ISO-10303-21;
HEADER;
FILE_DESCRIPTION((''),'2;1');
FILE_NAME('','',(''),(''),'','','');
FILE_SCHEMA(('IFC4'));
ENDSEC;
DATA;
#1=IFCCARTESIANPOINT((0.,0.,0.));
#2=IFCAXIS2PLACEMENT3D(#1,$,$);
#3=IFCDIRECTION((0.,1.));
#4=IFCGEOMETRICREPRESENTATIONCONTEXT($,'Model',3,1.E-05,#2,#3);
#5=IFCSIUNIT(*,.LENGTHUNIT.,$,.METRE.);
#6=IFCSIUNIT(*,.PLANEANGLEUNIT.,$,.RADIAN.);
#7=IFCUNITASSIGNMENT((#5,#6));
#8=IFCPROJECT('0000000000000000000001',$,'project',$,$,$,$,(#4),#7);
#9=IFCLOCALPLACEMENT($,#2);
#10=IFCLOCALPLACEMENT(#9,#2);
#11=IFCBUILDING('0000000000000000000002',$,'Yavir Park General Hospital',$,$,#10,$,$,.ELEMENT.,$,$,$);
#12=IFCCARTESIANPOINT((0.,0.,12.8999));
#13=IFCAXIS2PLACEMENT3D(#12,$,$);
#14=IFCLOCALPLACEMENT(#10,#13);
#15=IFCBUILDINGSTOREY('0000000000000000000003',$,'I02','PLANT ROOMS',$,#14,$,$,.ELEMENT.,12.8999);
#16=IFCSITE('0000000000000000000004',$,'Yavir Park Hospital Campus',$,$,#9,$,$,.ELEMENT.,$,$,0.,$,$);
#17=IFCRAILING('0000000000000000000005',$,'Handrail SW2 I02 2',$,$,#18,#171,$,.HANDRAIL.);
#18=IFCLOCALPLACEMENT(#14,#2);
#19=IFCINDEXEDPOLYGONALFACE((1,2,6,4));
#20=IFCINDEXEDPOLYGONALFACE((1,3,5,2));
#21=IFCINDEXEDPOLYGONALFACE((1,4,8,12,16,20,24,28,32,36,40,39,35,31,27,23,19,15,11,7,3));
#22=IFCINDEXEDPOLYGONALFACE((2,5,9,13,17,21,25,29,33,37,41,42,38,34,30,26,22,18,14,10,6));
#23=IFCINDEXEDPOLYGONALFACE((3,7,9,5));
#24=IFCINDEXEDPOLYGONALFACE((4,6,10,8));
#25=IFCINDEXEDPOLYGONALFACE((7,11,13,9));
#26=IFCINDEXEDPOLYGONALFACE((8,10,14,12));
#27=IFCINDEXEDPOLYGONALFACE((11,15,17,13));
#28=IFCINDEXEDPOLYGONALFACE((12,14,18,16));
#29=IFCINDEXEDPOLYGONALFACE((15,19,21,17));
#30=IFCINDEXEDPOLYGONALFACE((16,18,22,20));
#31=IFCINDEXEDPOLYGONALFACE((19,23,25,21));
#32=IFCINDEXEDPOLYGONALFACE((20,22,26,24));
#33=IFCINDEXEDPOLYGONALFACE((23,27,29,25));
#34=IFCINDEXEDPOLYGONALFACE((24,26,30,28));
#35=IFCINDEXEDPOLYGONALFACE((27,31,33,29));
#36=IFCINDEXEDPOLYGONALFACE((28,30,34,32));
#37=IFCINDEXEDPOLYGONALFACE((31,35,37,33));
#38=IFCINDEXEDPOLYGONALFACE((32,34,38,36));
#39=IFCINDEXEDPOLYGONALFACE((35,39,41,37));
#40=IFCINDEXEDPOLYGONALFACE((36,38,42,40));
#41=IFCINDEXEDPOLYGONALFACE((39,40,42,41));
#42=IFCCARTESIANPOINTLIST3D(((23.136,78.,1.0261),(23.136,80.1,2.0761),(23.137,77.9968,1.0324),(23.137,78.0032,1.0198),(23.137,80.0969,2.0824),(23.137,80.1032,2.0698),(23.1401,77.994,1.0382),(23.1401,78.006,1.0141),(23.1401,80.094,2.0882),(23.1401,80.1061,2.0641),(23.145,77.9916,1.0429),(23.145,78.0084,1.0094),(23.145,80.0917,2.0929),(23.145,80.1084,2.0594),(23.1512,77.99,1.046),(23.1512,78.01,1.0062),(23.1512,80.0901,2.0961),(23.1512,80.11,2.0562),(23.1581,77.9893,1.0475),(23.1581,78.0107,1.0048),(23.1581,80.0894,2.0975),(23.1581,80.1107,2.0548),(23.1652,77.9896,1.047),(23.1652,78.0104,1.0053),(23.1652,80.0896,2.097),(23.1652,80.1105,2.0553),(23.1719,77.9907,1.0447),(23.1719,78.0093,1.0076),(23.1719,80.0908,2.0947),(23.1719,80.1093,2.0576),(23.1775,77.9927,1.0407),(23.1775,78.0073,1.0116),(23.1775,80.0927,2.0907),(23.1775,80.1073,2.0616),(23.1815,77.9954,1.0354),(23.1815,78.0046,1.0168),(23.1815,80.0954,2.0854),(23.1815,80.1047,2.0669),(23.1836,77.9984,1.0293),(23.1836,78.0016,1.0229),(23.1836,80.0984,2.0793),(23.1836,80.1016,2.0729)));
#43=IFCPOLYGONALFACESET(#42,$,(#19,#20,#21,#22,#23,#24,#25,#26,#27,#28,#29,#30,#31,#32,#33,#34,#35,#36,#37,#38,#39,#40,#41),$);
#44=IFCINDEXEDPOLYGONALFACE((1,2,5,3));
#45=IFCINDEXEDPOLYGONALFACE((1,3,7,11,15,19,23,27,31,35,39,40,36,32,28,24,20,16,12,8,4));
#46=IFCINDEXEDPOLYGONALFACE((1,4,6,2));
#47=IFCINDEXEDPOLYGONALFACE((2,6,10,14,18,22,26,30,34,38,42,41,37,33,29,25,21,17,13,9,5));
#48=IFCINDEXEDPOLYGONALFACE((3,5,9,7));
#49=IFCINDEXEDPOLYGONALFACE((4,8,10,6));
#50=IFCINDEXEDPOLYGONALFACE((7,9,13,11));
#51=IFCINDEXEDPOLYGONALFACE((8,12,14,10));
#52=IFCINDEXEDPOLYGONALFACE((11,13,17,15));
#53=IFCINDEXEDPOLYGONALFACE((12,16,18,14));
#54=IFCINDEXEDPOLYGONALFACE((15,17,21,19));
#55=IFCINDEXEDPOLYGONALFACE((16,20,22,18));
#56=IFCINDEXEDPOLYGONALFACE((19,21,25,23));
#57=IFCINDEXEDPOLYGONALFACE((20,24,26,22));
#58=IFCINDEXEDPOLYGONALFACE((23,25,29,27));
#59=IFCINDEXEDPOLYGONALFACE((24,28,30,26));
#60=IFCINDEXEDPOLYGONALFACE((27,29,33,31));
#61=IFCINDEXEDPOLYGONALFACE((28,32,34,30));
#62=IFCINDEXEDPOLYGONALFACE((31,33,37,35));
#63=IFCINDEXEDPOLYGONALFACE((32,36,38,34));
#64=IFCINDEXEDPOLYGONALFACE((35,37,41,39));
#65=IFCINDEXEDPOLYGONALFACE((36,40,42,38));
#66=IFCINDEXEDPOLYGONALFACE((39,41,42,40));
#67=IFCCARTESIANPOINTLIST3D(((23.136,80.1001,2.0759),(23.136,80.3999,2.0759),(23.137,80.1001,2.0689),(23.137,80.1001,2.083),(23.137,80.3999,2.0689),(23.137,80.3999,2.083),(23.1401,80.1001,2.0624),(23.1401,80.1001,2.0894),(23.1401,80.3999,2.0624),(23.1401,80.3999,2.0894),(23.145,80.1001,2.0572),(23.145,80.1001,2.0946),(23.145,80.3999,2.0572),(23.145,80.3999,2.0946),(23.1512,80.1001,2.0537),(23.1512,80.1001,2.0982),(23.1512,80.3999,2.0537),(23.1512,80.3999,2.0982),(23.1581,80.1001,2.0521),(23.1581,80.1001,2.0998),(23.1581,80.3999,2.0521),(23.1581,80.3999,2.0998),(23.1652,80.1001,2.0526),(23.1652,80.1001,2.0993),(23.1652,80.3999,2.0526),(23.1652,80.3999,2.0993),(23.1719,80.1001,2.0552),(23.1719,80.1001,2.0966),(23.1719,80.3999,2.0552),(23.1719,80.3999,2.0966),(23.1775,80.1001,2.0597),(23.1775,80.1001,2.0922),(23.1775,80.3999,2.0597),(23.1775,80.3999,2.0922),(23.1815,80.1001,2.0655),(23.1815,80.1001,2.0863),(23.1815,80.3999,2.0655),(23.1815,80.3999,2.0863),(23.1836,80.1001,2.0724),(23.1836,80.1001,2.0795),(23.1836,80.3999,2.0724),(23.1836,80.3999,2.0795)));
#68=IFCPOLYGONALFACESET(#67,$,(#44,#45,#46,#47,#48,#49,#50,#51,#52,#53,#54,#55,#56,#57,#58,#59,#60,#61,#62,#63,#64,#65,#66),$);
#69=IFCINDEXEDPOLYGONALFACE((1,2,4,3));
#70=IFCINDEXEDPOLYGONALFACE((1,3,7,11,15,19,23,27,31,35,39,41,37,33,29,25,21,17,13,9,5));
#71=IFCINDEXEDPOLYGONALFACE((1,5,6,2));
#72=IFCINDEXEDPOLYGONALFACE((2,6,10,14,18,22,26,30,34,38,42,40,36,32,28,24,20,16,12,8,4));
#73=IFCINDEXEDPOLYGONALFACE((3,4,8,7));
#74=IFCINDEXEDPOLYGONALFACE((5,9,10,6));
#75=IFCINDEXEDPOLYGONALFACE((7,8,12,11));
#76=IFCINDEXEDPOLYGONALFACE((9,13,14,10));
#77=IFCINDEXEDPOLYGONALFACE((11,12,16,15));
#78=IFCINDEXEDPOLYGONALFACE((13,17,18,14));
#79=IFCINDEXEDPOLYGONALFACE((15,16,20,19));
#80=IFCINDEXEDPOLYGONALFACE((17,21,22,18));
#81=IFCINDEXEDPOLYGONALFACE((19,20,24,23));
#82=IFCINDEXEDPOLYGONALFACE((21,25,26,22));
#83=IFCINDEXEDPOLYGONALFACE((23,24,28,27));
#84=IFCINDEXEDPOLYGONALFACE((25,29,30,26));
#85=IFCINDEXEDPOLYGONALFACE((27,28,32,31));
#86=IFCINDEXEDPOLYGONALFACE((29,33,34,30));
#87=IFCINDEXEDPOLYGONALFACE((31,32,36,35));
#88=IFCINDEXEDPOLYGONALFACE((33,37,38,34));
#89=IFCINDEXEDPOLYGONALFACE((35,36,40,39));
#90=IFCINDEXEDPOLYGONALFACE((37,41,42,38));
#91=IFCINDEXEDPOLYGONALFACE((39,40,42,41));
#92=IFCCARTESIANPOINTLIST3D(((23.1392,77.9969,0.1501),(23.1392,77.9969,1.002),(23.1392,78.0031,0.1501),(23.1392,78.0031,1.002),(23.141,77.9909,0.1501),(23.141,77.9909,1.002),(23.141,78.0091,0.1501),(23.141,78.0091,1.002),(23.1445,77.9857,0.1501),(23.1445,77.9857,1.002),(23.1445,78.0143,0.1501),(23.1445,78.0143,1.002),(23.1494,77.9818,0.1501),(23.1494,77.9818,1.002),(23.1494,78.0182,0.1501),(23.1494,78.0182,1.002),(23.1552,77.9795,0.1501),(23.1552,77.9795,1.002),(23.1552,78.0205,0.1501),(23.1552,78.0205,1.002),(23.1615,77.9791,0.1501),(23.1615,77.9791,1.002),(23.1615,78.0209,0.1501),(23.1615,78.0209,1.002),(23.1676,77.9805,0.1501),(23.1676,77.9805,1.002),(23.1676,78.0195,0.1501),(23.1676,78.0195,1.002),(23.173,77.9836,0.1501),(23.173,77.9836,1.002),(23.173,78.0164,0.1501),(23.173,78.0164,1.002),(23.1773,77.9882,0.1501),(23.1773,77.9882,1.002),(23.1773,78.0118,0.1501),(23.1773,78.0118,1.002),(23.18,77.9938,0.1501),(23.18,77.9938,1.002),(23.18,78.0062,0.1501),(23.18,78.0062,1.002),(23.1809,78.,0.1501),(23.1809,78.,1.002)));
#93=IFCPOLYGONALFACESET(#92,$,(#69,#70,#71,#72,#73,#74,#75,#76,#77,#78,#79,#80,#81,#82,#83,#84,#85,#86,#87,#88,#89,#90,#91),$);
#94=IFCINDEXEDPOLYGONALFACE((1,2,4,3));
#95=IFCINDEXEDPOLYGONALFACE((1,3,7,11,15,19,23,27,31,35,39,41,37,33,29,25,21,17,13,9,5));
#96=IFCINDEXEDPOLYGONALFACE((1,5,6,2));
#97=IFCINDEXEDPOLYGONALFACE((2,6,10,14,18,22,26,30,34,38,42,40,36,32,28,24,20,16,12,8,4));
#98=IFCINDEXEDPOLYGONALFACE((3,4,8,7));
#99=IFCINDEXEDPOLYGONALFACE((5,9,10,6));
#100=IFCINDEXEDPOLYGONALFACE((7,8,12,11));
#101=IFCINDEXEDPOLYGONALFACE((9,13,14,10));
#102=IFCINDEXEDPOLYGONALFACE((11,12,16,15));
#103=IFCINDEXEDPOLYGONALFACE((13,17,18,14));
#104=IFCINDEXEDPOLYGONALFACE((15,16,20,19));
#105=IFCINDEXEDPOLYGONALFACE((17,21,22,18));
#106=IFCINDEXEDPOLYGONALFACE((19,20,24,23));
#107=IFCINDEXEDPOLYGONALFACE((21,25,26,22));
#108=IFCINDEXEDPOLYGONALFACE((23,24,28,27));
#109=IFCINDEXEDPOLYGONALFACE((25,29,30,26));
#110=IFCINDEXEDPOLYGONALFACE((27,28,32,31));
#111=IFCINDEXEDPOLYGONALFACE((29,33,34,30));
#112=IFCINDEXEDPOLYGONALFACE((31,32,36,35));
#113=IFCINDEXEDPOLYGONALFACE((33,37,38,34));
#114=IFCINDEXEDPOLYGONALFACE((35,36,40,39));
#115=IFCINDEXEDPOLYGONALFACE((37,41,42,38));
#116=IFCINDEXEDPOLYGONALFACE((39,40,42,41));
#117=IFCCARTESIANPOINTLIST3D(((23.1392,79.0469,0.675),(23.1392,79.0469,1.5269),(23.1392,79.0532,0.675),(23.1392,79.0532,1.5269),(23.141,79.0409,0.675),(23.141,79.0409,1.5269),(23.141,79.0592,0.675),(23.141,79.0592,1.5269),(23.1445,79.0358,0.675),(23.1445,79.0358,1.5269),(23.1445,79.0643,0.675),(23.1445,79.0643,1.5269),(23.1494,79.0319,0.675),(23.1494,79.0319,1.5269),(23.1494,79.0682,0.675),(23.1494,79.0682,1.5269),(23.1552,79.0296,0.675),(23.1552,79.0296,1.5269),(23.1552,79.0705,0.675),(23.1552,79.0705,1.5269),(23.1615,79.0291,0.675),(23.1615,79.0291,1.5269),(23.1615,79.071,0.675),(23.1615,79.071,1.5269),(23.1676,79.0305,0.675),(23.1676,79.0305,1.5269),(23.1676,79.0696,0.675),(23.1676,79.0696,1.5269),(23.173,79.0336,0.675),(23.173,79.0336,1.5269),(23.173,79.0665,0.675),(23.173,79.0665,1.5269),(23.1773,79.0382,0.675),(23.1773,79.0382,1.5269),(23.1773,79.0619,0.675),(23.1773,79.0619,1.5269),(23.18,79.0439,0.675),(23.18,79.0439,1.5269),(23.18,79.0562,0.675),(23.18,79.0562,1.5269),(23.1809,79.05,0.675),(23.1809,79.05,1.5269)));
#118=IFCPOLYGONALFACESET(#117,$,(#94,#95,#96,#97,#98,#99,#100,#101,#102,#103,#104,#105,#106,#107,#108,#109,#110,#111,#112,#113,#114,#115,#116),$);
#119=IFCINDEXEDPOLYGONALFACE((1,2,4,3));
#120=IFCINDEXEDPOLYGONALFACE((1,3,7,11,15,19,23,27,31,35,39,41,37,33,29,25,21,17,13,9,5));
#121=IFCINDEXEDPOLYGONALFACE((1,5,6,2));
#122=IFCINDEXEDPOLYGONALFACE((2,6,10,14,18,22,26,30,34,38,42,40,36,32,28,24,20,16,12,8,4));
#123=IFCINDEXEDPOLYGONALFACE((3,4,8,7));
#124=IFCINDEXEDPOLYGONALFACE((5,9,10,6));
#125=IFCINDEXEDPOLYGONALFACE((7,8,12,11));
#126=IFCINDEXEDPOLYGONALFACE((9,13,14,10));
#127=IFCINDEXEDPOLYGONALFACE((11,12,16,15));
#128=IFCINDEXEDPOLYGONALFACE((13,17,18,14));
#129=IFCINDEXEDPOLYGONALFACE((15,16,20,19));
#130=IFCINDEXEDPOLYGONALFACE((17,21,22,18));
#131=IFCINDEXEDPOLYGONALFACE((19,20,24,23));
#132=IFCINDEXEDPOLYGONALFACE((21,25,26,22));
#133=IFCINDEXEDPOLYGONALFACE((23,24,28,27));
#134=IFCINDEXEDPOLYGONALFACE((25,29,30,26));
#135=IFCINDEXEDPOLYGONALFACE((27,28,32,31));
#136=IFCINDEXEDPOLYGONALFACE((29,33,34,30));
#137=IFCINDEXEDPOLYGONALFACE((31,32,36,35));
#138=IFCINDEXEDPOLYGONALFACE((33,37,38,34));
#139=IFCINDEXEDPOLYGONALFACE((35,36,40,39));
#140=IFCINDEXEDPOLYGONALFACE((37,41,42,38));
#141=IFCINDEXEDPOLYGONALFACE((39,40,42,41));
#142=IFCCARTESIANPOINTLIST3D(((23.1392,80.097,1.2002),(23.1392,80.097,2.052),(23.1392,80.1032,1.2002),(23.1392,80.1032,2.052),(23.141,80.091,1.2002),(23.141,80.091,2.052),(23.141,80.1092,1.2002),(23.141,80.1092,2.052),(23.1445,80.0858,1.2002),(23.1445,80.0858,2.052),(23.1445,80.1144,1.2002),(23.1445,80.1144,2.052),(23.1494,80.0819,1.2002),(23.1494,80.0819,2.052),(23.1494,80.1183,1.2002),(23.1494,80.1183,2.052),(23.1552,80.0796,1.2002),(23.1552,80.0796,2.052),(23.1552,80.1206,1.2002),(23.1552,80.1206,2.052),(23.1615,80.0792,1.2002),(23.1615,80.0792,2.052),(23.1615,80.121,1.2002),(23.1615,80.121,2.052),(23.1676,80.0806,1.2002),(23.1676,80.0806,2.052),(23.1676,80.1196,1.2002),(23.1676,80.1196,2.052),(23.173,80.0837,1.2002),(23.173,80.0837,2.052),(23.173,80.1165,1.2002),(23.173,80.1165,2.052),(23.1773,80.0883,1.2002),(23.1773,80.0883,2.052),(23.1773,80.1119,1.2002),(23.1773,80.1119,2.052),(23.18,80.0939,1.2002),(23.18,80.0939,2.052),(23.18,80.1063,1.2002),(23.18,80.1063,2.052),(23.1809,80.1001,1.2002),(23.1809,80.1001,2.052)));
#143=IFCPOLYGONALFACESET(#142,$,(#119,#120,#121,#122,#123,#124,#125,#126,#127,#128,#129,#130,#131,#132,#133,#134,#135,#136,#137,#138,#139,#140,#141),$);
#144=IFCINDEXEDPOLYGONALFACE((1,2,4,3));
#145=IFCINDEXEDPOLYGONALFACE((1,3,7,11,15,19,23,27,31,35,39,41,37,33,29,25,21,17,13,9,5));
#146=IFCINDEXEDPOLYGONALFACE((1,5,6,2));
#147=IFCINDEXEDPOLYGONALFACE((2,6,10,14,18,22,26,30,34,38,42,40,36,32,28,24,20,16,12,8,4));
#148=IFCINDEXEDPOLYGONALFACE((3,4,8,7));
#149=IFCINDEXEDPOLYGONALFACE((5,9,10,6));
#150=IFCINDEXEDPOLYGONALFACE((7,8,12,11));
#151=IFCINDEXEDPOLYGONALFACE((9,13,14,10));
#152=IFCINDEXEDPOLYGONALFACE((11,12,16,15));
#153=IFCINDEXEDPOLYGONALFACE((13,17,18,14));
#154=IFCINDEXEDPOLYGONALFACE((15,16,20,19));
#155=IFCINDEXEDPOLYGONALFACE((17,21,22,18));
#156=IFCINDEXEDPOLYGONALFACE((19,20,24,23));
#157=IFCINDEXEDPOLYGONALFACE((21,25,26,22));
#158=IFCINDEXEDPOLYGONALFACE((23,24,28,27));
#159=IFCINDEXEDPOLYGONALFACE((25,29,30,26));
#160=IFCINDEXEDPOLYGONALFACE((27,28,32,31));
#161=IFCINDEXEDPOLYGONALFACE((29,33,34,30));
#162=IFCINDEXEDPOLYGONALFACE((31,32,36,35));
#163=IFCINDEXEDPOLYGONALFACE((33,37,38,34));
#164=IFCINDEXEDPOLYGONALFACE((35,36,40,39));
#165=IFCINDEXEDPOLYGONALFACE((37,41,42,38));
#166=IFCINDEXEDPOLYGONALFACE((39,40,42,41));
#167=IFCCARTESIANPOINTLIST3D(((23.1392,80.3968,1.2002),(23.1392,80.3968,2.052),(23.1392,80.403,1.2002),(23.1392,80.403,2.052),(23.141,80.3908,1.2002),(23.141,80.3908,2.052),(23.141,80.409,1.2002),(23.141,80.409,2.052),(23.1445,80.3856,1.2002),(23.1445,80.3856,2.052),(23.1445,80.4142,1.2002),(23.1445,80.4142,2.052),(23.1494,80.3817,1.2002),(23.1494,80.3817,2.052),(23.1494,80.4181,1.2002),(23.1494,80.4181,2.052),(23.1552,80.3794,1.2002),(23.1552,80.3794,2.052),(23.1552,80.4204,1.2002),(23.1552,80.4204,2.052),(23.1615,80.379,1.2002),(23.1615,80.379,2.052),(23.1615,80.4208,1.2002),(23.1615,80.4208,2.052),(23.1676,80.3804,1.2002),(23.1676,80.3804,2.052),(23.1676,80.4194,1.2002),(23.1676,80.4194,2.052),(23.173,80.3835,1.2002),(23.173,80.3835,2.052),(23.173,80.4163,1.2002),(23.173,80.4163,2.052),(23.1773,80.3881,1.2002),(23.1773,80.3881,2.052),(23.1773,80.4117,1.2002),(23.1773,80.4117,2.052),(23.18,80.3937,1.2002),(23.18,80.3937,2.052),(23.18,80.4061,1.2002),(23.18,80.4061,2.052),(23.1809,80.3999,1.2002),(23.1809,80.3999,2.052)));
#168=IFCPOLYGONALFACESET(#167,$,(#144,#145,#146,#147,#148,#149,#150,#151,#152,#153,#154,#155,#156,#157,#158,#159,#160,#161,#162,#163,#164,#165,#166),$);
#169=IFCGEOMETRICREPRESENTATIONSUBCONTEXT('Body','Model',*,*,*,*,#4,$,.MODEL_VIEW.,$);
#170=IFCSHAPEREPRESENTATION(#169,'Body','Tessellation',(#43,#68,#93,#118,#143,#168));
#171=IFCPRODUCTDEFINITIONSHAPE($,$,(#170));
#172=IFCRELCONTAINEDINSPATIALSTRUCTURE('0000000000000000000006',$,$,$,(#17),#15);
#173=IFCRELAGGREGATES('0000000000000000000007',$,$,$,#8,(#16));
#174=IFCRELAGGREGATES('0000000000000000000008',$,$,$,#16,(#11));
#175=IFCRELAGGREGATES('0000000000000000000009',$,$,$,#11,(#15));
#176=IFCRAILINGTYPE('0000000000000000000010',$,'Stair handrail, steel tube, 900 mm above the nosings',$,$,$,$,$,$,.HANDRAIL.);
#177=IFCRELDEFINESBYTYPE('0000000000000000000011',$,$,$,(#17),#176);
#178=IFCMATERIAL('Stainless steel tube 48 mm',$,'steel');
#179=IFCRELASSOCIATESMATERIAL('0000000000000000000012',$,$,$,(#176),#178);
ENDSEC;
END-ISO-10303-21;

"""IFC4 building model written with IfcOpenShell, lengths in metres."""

from ifc_helpers import new_model, si_unit, direction, frame, origin, origin_2d, place, context, subcontext, project, spatial, circle, extrude, material, type_object, element, save


model = new_model("IFC4")

# Units and contexts
model_context = context("Model", 3, precision=1e-05, world=origin(), true_north=direction((0.0, 1.0)))
body_context = subcontext(model_context, "Body", "Model", "MODEL_VIEW")
ifc_project = project(units=[si_unit("LENGTHUNIT", "METRE"), si_unit("PLANEANGLEUNIT", "RADIAN")], contexts=[model_context])

# Site, building, storey
site_placement = place(None, origin())
site = spatial("IfcSite", under=ifc_project, at=site_placement, Name="Yavir Park Hospital Campus", CompositionType="ELEMENT", RefElevation=0.0)
building_placement = place(site_placement, origin())
building = spatial("IfcBuilding", under=site, at=building_placement, Name="Yavir Park General Hospital", CompositionType="ELEMENT")
storey_placement = place(building_placement, frame((0.0, 0.0, 12.8999)))
storey = spatial("IfcBuildingStorey", under=building, at=storey_placement, Name="I02", Description="PLANT ROOMS", CompositionType="ELEMENT", Elevation=12.8999)

# Railing
ifc_material_1 = material(Name="Stainless steel tube 48 mm", Category="steel")
railing_type_1 = type_object("IfcRailingType", Name="Stair handrail, steel tube, 900 mm above the nosings", PredefinedType="HANDRAIL", material=ifc_material_1)
for number, where, name in (
    (1, (23.1599, 78.0, 0.1501), "Handrail SW2 I02 2"),
):
    element("IfcRailing", number, at=place(storey_placement, frame(where)), inside=storey, type_object=railing_type_1, Name=name, PredefinedType="HANDRAIL", context=body_context, shape_type="SweptSolid", body=[
        extrude(circle(Radius=0.0239, at=origin_2d()), frame((0.0, 0.0, 0.876), z_axis=(0.0, 0.894427, 0.447214), x_axis=(-1.0, 0.0, 0.0)), (0.0, 0.0, 1.0), 2.3479),
        extrude(circle(Radius=0.0239, at=origin_2d()), frame((0.0, 2.1001, 1.9258), z_axis=(0.0, 1.0, 0.0), x_axis=(-1.0, 0.0, 0.0)), (0.0, 0.0, 1.0), 0.2998),
        extrude(circle(Radius=0.021, at=origin_2d()), origin(), (0.0, 0.0, 1.0), 0.8518),
        extrude(circle(Radius=0.021, at=origin_2d()), frame((0.0, 1.05, 0.5249)), (0.0, 0.0, 1.0), 0.8518),
        extrude(circle(Radius=0.021, at=origin_2d()), frame((0.0, 2.1001, 1.05)), (0.0, 0.0, 1.0), 0.8518),
        extrude(circle(Radius=0.021, at=origin_2d()), frame((0.0, 2.3999, 1.05)), (0.0, 0.0, 1.0), 0.8518),
    ])

save(model, "model.ifc")
